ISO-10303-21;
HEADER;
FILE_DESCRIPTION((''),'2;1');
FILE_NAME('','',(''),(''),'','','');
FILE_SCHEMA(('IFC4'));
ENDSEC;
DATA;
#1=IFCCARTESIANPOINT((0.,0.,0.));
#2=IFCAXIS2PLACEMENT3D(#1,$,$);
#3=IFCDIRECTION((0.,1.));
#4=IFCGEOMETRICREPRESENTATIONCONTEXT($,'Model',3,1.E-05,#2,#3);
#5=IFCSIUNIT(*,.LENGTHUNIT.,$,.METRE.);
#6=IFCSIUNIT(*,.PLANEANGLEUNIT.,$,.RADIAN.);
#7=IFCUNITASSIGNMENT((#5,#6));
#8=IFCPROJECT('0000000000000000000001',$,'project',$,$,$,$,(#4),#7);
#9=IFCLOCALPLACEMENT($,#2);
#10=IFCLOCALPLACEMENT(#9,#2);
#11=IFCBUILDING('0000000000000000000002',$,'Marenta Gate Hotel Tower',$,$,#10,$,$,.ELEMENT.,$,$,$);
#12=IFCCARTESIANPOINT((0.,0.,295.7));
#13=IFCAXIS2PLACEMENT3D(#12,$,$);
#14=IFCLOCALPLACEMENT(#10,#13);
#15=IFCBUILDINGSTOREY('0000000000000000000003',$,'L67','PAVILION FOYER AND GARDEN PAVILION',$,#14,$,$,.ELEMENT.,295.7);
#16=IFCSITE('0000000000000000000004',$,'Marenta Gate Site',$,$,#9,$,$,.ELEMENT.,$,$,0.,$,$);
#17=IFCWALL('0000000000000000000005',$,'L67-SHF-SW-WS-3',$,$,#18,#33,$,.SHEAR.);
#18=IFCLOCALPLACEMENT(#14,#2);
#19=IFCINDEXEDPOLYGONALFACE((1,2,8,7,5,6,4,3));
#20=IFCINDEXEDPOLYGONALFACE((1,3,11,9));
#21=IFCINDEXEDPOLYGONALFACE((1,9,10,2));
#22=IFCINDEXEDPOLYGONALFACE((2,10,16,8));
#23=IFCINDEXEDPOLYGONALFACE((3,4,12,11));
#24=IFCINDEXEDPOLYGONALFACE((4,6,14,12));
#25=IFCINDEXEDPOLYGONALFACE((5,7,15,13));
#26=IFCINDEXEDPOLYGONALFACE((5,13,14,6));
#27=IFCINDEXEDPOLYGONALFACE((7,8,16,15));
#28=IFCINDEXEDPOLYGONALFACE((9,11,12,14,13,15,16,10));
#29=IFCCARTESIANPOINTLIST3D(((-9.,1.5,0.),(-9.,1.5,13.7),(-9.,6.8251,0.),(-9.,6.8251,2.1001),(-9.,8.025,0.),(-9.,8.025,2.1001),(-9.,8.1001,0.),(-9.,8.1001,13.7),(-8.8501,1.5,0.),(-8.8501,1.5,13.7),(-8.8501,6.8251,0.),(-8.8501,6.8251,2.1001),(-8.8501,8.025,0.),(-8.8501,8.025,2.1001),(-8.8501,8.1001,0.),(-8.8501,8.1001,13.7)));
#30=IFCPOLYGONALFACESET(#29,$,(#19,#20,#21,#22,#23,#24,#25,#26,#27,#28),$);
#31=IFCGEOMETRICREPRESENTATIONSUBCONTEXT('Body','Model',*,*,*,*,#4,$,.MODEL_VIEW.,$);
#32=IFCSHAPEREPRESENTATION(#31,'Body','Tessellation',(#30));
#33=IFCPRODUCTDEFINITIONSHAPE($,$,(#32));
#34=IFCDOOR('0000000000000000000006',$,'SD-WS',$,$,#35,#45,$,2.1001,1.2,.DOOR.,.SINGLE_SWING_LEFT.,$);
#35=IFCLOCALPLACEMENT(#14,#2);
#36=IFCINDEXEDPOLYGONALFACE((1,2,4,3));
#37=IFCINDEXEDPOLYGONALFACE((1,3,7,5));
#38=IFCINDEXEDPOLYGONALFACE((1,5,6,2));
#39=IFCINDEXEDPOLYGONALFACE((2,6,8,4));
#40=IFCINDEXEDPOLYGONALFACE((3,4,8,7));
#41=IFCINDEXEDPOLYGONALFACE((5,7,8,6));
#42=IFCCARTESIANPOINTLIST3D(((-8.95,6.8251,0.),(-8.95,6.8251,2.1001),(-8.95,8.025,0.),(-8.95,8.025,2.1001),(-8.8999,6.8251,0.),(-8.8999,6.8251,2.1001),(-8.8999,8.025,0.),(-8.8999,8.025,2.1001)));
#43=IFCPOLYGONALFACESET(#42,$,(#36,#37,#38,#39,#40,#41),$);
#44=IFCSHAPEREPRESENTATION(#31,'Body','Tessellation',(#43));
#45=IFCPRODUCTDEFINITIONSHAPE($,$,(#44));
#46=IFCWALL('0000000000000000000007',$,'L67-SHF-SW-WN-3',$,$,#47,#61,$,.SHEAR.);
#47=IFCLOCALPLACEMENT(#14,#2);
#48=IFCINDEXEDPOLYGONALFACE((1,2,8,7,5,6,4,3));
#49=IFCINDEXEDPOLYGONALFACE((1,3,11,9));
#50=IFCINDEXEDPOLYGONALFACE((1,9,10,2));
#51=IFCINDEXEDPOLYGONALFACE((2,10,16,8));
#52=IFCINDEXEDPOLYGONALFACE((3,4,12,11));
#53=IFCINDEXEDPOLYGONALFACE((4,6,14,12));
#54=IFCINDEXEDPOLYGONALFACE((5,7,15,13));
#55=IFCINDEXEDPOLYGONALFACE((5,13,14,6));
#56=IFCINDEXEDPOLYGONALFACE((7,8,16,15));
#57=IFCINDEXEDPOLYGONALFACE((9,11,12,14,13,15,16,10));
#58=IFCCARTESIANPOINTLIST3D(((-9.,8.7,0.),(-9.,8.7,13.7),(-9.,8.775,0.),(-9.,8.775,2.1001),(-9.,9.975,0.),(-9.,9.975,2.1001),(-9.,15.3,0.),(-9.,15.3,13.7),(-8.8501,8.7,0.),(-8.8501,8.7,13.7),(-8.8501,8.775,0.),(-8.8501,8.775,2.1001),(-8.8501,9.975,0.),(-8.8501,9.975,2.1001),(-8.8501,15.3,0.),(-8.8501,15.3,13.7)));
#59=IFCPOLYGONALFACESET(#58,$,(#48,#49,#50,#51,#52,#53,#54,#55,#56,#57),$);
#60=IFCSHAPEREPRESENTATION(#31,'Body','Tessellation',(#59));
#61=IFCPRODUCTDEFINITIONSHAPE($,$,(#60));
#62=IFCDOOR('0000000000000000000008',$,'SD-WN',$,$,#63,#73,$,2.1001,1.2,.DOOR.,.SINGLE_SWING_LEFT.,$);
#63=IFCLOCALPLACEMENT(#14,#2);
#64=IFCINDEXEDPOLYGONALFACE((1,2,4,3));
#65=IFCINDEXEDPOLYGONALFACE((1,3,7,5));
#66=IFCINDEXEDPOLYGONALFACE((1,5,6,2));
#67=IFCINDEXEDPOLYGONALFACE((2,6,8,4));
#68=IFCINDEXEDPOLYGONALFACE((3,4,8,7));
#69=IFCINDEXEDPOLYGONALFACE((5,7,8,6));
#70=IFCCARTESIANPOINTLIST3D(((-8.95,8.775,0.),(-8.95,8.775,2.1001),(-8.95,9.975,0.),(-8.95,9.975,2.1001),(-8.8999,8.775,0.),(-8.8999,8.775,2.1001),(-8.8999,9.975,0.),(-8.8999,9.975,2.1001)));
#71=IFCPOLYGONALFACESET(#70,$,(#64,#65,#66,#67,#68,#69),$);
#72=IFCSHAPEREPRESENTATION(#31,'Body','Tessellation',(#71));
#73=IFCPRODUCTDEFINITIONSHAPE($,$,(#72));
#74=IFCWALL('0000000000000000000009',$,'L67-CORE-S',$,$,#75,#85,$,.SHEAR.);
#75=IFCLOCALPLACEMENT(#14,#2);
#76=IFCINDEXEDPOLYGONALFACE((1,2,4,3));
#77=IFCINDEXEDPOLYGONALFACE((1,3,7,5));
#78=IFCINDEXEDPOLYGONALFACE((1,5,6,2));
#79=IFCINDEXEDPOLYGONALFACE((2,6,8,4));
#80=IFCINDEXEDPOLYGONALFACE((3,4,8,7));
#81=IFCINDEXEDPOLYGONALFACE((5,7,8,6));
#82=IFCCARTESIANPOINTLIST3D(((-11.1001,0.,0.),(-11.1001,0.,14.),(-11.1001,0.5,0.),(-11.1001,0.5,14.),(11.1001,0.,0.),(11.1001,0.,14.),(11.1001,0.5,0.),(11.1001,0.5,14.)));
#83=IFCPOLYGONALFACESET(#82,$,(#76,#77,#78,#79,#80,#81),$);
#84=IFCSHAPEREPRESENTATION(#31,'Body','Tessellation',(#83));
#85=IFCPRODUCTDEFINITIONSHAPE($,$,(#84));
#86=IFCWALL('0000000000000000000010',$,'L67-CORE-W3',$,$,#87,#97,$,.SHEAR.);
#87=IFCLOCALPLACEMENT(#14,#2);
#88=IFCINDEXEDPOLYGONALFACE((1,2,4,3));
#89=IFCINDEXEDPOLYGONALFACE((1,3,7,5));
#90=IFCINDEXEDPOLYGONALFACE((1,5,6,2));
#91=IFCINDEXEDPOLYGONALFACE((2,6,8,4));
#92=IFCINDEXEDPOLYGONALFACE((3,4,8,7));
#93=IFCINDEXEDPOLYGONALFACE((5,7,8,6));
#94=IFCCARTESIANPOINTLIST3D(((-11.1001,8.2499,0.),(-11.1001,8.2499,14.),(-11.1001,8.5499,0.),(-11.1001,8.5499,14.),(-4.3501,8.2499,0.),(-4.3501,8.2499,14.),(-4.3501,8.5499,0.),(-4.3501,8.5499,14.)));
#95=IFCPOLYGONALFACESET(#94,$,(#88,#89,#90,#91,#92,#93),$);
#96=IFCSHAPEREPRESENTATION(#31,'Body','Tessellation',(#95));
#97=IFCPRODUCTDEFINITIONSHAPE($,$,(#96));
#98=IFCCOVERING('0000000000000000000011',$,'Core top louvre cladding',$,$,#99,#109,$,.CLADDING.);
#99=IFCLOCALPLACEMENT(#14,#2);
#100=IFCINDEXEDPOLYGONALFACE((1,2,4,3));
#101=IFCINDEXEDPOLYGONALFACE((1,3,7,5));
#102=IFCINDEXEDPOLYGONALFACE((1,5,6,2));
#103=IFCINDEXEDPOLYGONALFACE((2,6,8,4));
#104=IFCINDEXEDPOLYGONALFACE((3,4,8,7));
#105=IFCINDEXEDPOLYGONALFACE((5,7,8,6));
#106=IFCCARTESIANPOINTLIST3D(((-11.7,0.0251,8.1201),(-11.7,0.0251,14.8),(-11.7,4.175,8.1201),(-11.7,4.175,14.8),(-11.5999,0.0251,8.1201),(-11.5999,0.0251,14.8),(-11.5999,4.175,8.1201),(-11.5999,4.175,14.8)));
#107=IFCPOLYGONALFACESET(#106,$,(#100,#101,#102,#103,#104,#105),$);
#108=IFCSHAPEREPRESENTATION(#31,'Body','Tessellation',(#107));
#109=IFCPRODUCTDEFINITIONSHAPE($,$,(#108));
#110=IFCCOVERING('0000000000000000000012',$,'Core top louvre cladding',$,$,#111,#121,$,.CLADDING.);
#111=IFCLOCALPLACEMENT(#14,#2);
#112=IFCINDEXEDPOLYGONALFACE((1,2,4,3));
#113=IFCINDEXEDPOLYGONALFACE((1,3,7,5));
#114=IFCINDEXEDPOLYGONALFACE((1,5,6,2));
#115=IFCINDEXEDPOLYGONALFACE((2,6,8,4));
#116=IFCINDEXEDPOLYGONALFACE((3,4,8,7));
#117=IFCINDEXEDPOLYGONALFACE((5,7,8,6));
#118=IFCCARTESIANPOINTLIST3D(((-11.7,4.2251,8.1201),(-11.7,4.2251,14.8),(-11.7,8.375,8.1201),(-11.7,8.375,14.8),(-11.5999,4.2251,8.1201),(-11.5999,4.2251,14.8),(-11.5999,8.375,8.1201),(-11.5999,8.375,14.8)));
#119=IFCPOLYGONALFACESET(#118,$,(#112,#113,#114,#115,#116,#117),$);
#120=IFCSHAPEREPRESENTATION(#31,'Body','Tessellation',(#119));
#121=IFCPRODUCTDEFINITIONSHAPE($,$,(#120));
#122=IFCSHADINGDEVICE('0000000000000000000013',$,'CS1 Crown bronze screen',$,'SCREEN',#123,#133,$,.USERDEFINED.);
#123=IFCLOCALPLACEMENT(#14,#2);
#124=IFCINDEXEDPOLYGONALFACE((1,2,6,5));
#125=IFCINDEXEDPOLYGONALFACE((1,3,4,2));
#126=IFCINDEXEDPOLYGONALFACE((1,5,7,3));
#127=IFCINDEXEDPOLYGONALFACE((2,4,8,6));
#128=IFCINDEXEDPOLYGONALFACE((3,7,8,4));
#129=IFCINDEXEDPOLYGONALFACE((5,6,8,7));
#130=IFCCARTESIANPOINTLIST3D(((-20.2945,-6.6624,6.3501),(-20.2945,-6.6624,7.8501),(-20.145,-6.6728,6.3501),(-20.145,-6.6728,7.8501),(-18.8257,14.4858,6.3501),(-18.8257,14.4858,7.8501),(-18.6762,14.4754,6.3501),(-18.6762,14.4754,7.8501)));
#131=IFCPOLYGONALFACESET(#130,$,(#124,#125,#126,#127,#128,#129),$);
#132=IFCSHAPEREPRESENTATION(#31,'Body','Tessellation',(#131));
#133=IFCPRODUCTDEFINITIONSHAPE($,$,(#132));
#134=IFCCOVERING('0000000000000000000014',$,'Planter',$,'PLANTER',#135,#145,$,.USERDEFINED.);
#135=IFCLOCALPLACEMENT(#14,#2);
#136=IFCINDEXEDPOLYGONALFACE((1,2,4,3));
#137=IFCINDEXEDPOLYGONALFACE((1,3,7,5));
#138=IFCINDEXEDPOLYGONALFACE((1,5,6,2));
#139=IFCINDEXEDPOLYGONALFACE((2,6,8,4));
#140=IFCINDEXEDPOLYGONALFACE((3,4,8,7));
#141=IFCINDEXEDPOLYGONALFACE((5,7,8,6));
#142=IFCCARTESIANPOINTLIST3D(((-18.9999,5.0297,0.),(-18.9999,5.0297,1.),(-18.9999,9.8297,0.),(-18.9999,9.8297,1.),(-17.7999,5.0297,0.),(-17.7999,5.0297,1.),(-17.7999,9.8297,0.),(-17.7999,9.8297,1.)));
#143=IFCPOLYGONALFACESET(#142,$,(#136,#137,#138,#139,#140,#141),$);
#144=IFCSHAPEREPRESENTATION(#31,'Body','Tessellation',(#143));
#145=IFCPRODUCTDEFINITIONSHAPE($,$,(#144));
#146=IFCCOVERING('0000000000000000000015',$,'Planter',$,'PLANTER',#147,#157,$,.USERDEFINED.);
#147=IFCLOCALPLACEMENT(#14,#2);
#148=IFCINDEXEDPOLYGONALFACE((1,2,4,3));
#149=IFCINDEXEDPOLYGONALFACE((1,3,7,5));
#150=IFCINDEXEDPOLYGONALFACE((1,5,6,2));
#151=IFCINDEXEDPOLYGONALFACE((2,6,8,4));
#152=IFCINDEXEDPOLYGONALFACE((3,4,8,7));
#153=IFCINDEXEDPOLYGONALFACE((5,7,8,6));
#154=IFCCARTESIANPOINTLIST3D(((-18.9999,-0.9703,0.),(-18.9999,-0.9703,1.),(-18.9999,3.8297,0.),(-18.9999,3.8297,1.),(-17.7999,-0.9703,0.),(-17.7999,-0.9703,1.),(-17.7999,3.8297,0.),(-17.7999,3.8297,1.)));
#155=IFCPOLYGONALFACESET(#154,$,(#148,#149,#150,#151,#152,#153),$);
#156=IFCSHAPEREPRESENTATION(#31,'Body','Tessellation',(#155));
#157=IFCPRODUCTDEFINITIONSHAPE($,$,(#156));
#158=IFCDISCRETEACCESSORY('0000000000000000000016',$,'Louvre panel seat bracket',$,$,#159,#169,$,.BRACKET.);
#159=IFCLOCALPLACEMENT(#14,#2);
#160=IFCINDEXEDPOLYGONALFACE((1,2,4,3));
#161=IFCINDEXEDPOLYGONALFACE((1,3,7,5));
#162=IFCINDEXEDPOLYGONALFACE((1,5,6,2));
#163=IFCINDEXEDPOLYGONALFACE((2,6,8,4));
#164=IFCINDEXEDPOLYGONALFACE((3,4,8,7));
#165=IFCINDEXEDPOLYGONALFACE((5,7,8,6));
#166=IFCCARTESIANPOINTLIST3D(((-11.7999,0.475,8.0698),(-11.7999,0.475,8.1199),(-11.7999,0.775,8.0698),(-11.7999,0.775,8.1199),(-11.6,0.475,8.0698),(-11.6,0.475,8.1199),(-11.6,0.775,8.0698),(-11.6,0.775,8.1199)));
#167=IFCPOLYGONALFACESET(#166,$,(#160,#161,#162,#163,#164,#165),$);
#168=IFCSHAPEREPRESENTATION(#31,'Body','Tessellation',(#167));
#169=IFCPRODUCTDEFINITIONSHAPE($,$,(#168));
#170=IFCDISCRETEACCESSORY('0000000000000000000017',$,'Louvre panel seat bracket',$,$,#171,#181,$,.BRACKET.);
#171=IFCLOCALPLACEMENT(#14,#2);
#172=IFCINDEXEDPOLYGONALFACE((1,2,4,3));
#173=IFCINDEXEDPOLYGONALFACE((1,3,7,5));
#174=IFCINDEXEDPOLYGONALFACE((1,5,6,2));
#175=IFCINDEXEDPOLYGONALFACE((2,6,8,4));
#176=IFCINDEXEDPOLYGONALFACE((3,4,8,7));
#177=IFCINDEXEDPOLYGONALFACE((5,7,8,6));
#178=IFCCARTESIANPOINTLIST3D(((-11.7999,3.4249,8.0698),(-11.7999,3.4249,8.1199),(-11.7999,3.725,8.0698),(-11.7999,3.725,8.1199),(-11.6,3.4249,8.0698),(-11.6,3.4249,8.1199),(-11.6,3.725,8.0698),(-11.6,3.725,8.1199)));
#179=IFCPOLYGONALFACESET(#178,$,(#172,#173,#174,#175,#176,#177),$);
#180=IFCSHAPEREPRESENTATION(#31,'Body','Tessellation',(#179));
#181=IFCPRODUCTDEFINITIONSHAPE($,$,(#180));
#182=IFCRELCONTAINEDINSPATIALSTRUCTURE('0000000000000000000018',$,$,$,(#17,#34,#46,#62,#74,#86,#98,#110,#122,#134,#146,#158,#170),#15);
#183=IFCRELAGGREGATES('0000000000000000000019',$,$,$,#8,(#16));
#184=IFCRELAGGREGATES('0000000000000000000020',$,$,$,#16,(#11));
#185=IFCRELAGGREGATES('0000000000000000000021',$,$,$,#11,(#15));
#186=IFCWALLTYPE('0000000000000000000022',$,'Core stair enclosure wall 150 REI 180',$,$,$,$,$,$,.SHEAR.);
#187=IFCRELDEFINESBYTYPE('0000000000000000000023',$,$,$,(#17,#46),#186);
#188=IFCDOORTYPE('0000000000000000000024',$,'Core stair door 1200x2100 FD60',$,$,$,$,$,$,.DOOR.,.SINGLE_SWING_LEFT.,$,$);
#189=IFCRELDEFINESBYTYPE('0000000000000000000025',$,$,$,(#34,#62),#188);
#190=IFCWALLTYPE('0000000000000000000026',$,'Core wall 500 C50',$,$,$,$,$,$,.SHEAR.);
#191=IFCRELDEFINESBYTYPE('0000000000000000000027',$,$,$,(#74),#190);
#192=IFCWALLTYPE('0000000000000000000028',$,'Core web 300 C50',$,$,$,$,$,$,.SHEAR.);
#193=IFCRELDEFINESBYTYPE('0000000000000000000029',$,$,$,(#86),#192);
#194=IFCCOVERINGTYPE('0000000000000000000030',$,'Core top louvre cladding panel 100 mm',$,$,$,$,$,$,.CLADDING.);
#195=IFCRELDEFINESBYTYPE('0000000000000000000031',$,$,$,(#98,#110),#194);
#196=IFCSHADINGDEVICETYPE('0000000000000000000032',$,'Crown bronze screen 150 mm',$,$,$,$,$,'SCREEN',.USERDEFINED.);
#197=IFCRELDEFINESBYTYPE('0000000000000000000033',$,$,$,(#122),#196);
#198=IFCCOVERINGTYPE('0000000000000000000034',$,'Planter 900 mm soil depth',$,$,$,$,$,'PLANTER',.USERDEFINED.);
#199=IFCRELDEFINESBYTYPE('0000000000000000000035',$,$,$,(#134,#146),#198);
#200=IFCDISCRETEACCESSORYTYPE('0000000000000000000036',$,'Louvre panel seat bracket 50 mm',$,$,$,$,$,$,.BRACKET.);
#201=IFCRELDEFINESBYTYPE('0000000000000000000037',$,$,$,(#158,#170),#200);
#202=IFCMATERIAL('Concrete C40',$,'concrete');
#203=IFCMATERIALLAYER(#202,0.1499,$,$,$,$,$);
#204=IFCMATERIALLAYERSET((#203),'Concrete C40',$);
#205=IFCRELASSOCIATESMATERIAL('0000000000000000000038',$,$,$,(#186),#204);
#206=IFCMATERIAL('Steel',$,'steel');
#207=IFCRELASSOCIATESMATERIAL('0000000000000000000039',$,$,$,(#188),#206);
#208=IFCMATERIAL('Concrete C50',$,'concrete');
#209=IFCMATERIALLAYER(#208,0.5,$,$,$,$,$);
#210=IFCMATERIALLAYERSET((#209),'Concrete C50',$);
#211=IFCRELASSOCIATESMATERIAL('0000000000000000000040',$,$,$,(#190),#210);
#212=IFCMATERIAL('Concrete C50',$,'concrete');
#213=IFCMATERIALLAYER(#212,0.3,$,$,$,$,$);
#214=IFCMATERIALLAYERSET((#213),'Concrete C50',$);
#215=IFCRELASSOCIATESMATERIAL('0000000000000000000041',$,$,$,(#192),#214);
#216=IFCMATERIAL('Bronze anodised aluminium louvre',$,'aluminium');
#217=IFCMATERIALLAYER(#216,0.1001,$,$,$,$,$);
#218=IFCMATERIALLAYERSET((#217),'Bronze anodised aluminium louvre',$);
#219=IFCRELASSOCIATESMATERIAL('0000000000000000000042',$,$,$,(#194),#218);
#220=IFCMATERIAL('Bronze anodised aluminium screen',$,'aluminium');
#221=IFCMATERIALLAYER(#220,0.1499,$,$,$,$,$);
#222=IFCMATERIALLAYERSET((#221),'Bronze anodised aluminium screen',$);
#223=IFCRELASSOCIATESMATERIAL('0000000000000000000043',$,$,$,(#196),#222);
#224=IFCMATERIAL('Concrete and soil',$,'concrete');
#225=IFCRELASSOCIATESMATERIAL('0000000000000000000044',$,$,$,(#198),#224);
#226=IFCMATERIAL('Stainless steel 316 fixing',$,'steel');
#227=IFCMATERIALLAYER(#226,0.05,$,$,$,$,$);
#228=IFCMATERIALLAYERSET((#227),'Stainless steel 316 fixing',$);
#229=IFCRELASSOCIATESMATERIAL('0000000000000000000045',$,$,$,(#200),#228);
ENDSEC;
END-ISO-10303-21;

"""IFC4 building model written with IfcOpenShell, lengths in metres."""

from ifc_helpers import new_model, si_unit, direction, frame, frame_2d, origin, origin_2d, place, context, subcontext, project, spatial, rectangle, extrude, material, layer, layer_set, type_object, element, fill, save


model = new_model("IFC4")

# Units and contexts
model_context = context("Model", 3, precision=1e-05, world=origin(), true_north=direction((0.0, 1.0)))
body_context = subcontext(model_context, "Body", "Model", "MODEL_VIEW")
ifc_project = project(units=[si_unit("LENGTHUNIT", "METRE"), si_unit("PLANEANGLEUNIT", "RADIAN")], contexts=[model_context])

# Site, building, storey
site_placement = place(None, origin())
site = spatial("IfcSite", under=ifc_project, at=site_placement, Name="Marenta Gate Site", CompositionType="ELEMENT", RefElevation=0.0)
building_placement = place(site_placement, origin())
building = spatial("IfcBuilding", under=site, at=building_placement, Name="Marenta Gate Hotel Tower", CompositionType="ELEMENT")
storey_placement = place(building_placement, frame((0.0, 0.0, 295.7)))
storey = spatial("IfcBuildingStorey", under=building, at=storey_placement, Name="L67", Description="PAVILION FOYER AND GARDEN PAVILION", CompositionType="ELEMENT", Elevation=295.7)

# Walls, openings, doors
ifc_material_1 = material(Name="Concrete C40", Category="concrete")
ifc_layer_1 = layer(ifc_material_1, 0.1499)
ifc_layer_set_1 = layer_set([ifc_layer_1], Name="Concrete C40")
wall_type_1 = type_object("IfcWallType", Name="Core stair enclosure wall 150 REI 180", PredefinedType="SHEAR", material=ifc_layer_set_1)
wall_1_placement = place(storey_placement, frame((-8.925, 1.5, 0.0), z_axis=(0.0, 0.0, 1.0), x_axis=(0.0, 1.0, 0.0)))
wall_1 = element("IfcWall", 1, at=wall_1_placement, inside=storey, type_object=wall_type_1, Name="L67-SHF-SW-WS-3", PredefinedType="SHEAR", context=body_context, shape_type="SweptSolid", body=[
    extrude(rectangle(XDim=6.6001, YDim=0.1499, at=frame_2d((3.3, 0.0))), origin(), (0.0, 0.0, 1.0), 13.7),
])
opening_1_placement = place(wall_1_placement, frame((5.325, 0.0, 0.0)))
opening_1 = element("IfcOpeningElement", 2, at=opening_1_placement, cuts=wall_1, PredefinedType="OPENING", context=body_context, shape_type="SweptSolid", body=[
    extrude(rectangle(XDim=1.2, YDim=2.1001, at=frame_2d((0.6001, 1.05))), frame((0.0, 0.075, 0.0), z_axis=(0.0, -1.0, 0.0), x_axis=(1.0, 0.0, 0.0)), (0.0, 0.0, 1.0), 0.1499),
])
ifc_material_2 = material(Name="Steel", Category="steel")
door_type = type_object("IfcDoorType", Name="Core stair door 1200x2100 FD60", OperationType="SINGLE_SWING_LEFT", PredefinedType="DOOR", material=ifc_material_2)
door_1_placement = place(opening_1_placement, origin())
door_1 = element("IfcDoor", 3, at=door_1_placement, inside=storey, type_object=door_type, Name="SD-WS", OperationType="SINGLE_SWING_LEFT", OverallHeight=2.1001, OverallWidth=1.2, PredefinedType="DOOR", context=body_context, shape_type="SweptSolid", body=[
    extrude(rectangle(XDim=1.2, YDim=2.1001, at=frame_2d((0.6001, 1.05))), frame((0.0, 0.0249, 0.0), z_axis=(0.0, -1.0, 0.0), x_axis=(1.0, 0.0, 0.0)), (0.0, 0.0, 1.0), 0.05),
])
fill(opening_1, door_1)
wall_2_placement = place(storey_placement, frame((-8.925, 8.7, 0.0), z_axis=(0.0, 0.0, 1.0), x_axis=(0.0, 1.0, 0.0)))
wall_2 = element("IfcWall", 4, at=wall_2_placement, inside=storey, type_object=wall_type_1, Name="L67-SHF-SW-WN-3", PredefinedType="SHEAR", context=body_context, shape_type="SweptSolid", body=[
    extrude(rectangle(XDim=6.6001, YDim=0.1499, at=frame_2d((3.3, 0.0))), origin(), (0.0, 0.0, 1.0), 13.7),
])
opening_2_placement = place(wall_2_placement, frame((0.075, 0.0, 0.0)))
opening_2 = element("IfcOpeningElement", 5, at=opening_2_placement, cuts=wall_2, PredefinedType="OPENING", context=body_context, shape_type="SweptSolid", body=[
    extrude(rectangle(XDim=1.2, YDim=2.1001, at=frame_2d((0.6001, 1.05))), frame((0.0, 0.075, 0.0), z_axis=(0.0, -1.0, 0.0), x_axis=(1.0, 0.0, 0.0)), (0.0, 0.0, 1.0), 0.1499),
])
door_2_placement = place(opening_2_placement, origin())
door_2 = element("IfcDoor", 6, at=door_2_placement, inside=storey, type_object=door_type, Name="SD-WN", OperationType="SINGLE_SWING_LEFT", OverallHeight=2.1001, OverallWidth=1.2, PredefinedType="DOOR", context=body_context, shape_type="SweptSolid", body=[
    extrude(rectangle(XDim=1.2, YDim=2.1001, at=frame_2d((0.6001, 1.05))), frame((0.0, 0.0249, 0.0), z_axis=(0.0, -1.0, 0.0), x_axis=(1.0, 0.0, 0.0)), (0.0, 0.0, 1.0), 0.05),
])
fill(opening_2, door_2)

# Walls
ifc_material_3 = material(Name="Concrete C50", Category="concrete")
ifc_layer_2 = layer(ifc_material_3, 0.5)
ifc_layer_set_2 = layer_set([ifc_layer_2], Name="Concrete C50")
wall_type_2 = type_object("IfcWallType", Name="Core wall 500 C50", PredefinedType="SHEAR", material=ifc_layer_set_2)
wall_3_placement = place(storey_placement, frame((-11.1001, 0.25, 0.0), z_axis=(0.0, 0.0, 1.0), x_axis=(1.0, 0.0, 0.0)))
element("IfcWall", 7, at=wall_3_placement, inside=storey, type_object=wall_type_2, Name="L67-CORE-S", PredefinedType="SHEAR", context=body_context, shape_type="SweptSolid", body=[
    extrude(rectangle(XDim=22.2002, YDim=0.5, at=frame_2d((11.1001, 0.0))), origin(), (0.0, 0.0, 1.0), 14.0),
])
ifc_material_4 = material(Name="Concrete C50", Category="concrete")
ifc_layer_3 = layer(ifc_material_4, 0.3)
ifc_layer_set_3 = layer_set([ifc_layer_3], Name="Concrete C50")
wall_type_3 = type_object("IfcWallType", Name="Core web 300 C50", PredefinedType="SHEAR", material=ifc_layer_set_3)
wall_4_placement = place(storey_placement, frame((-11.1001, 8.3999, 0.0), z_axis=(0.0, 0.0, 1.0), x_axis=(1.0, 0.0, 0.0)))
element("IfcWall", 8, at=wall_4_placement, inside=storey, type_object=wall_type_3, Name="L67-CORE-W3", PredefinedType="SHEAR", context=body_context, shape_type="SweptSolid", body=[
    extrude(rectangle(XDim=6.75, YDim=0.3, at=frame_2d((3.375, 0.0))), origin(), (0.0, 0.0, 1.0), 14.0),
])

# Coverings
ifc_material_5 = material(Name="Bronze anodised aluminium louvre", Category="aluminium")
ifc_layer_4 = layer(ifc_material_5, 0.1001)
ifc_layer_set_4 = layer_set([ifc_layer_4], Name="Bronze anodised aluminium louvre")
covering_type_1 = type_object("IfcCoveringType", Name="Core top louvre cladding panel 100 mm", PredefinedType="CLADDING", material=ifc_layer_set_4)
for number, where, z_axis, x_axis, name in (
    (9, (-11.6499, 2.1001, 8.1201), (0.0, 0.0, 1.0), (1.0, 0.0, 0.0), "Core top louvre cladding"),
    (10, (-11.6499, 6.3, 8.1201), (0.0, 0.0, 1.0), (1.0, 0.0, 0.0), "Core top louvre cladding"),
):
    element("IfcCovering", number, at=place(storey_placement, frame(where, z_axis=z_axis, x_axis=x_axis)), inside=storey, type_object=covering_type_1, Name=name, PredefinedType="CLADDING", context=body_context, shape_type="SweptSolid", body=[
        extrude(rectangle(XDim=0.1001, YDim=4.1499, at=origin_2d()), origin(), (0.0, 0.0, 1.0), 6.6799),
    ])

# Shading device
ifc_material_6 = material(Name="Bronze anodised aluminium screen", Category="aluminium")
ifc_layer_5 = layer(ifc_material_6, 0.1499)
ifc_layer_set_5 = layer_set([ifc_layer_5], Name="Bronze anodised aluminium screen")
shading_device_type = type_object("IfcShadingDeviceType", Name="Crown bronze screen 150 mm", ElementType="SCREEN", PredefinedType="USERDEFINED", material=ifc_layer_set_5)
shading_device_placement = place(storey_placement, frame((-19.4854, 3.9065, 6.3501), z_axis=(0.0, 0.0, 1.0), x_axis=(0.069288, 0.997597, 0.0)))
element("IfcShadingDevice", 11, at=shading_device_placement, inside=storey, type_object=shading_device_type, Name="CS1 Crown bronze screen", ObjectType="SCREEN", PredefinedType="USERDEFINED", context=body_context, shape_type="SweptSolid", body=[
    extrude(rectangle(XDim=21.1992, YDim=0.1499, at=origin_2d()), origin(), (0.0, 0.0, 1.0), 1.5),
])

# Coverings
ifc_material_7 = material(Name="Concrete and soil", Category="concrete")
covering_type_2 = type_object("IfcCoveringType", Name="Planter 900 mm soil depth", ElementType="PLANTER", PredefinedType="USERDEFINED", material=ifc_material_7)
for number, where, z_axis, x_axis, name in (
    (12, (-18.3999, 7.4297, 0.0), (0.0, 0.0, 1.0), (0.0, -1.0, 0.0), "Planter"),
    (13, (-18.3999, 1.4297, 0.0), (0.0, 0.0, 1.0), (0.0, -1.0, 0.0), "Planter"),
):
    element("IfcCovering", number, at=place(storey_placement, frame(where, z_axis=z_axis, x_axis=x_axis)), inside=storey, type_object=covering_type_2, Name=name, ObjectType="PLANTER", PredefinedType="USERDEFINED", context=body_context, shape_type="SweptSolid", body=[
        extrude(rectangle(XDim=4.8, YDim=1.2, at=origin_2d()), origin(), (0.0, 0.0, 1.0), 1.0),
    ])

# Discrete accessories
ifc_material_8 = material(Name="Stainless steel 316 fixing", Category="steel")
ifc_layer_6 = layer(ifc_material_8, 0.05)
ifc_layer_set_6 = layer_set([ifc_layer_6], Name="Stainless steel 316 fixing")
discrete_accessory_type = type_object("IfcDiscreteAccessoryType", Name="Louvre panel seat bracket 50 mm", PredefinedType="BRACKET", material=ifc_layer_set_6)
for number, where, z_axis, x_axis, name in (
    (14, (-11.7, 0.625, 8.0698), (0.0, 0.0, 1.0), (1.0, 0.0, 0.0), "Louvre panel seat bracket"),
    (15, (-11.7, 3.575, 8.0698), (0.0, 0.0, 1.0), (1.0, 0.0, 0.0), "Louvre panel seat bracket"),
):
    element("IfcDiscreteAccessory", number, at=place(storey_placement, frame(where, z_axis=z_axis, x_axis=x_axis)), inside=storey, type_object=discrete_accessory_type, Name=name, PredefinedType="BRACKET", context=body_context, shape_type="SweptSolid", body=[
        extrude(rectangle(XDim=0.2, YDim=0.3, at=origin_2d()), origin(), (0.0, 0.0, 1.0), 0.05),
    ])

save(model, "model.ifc")
